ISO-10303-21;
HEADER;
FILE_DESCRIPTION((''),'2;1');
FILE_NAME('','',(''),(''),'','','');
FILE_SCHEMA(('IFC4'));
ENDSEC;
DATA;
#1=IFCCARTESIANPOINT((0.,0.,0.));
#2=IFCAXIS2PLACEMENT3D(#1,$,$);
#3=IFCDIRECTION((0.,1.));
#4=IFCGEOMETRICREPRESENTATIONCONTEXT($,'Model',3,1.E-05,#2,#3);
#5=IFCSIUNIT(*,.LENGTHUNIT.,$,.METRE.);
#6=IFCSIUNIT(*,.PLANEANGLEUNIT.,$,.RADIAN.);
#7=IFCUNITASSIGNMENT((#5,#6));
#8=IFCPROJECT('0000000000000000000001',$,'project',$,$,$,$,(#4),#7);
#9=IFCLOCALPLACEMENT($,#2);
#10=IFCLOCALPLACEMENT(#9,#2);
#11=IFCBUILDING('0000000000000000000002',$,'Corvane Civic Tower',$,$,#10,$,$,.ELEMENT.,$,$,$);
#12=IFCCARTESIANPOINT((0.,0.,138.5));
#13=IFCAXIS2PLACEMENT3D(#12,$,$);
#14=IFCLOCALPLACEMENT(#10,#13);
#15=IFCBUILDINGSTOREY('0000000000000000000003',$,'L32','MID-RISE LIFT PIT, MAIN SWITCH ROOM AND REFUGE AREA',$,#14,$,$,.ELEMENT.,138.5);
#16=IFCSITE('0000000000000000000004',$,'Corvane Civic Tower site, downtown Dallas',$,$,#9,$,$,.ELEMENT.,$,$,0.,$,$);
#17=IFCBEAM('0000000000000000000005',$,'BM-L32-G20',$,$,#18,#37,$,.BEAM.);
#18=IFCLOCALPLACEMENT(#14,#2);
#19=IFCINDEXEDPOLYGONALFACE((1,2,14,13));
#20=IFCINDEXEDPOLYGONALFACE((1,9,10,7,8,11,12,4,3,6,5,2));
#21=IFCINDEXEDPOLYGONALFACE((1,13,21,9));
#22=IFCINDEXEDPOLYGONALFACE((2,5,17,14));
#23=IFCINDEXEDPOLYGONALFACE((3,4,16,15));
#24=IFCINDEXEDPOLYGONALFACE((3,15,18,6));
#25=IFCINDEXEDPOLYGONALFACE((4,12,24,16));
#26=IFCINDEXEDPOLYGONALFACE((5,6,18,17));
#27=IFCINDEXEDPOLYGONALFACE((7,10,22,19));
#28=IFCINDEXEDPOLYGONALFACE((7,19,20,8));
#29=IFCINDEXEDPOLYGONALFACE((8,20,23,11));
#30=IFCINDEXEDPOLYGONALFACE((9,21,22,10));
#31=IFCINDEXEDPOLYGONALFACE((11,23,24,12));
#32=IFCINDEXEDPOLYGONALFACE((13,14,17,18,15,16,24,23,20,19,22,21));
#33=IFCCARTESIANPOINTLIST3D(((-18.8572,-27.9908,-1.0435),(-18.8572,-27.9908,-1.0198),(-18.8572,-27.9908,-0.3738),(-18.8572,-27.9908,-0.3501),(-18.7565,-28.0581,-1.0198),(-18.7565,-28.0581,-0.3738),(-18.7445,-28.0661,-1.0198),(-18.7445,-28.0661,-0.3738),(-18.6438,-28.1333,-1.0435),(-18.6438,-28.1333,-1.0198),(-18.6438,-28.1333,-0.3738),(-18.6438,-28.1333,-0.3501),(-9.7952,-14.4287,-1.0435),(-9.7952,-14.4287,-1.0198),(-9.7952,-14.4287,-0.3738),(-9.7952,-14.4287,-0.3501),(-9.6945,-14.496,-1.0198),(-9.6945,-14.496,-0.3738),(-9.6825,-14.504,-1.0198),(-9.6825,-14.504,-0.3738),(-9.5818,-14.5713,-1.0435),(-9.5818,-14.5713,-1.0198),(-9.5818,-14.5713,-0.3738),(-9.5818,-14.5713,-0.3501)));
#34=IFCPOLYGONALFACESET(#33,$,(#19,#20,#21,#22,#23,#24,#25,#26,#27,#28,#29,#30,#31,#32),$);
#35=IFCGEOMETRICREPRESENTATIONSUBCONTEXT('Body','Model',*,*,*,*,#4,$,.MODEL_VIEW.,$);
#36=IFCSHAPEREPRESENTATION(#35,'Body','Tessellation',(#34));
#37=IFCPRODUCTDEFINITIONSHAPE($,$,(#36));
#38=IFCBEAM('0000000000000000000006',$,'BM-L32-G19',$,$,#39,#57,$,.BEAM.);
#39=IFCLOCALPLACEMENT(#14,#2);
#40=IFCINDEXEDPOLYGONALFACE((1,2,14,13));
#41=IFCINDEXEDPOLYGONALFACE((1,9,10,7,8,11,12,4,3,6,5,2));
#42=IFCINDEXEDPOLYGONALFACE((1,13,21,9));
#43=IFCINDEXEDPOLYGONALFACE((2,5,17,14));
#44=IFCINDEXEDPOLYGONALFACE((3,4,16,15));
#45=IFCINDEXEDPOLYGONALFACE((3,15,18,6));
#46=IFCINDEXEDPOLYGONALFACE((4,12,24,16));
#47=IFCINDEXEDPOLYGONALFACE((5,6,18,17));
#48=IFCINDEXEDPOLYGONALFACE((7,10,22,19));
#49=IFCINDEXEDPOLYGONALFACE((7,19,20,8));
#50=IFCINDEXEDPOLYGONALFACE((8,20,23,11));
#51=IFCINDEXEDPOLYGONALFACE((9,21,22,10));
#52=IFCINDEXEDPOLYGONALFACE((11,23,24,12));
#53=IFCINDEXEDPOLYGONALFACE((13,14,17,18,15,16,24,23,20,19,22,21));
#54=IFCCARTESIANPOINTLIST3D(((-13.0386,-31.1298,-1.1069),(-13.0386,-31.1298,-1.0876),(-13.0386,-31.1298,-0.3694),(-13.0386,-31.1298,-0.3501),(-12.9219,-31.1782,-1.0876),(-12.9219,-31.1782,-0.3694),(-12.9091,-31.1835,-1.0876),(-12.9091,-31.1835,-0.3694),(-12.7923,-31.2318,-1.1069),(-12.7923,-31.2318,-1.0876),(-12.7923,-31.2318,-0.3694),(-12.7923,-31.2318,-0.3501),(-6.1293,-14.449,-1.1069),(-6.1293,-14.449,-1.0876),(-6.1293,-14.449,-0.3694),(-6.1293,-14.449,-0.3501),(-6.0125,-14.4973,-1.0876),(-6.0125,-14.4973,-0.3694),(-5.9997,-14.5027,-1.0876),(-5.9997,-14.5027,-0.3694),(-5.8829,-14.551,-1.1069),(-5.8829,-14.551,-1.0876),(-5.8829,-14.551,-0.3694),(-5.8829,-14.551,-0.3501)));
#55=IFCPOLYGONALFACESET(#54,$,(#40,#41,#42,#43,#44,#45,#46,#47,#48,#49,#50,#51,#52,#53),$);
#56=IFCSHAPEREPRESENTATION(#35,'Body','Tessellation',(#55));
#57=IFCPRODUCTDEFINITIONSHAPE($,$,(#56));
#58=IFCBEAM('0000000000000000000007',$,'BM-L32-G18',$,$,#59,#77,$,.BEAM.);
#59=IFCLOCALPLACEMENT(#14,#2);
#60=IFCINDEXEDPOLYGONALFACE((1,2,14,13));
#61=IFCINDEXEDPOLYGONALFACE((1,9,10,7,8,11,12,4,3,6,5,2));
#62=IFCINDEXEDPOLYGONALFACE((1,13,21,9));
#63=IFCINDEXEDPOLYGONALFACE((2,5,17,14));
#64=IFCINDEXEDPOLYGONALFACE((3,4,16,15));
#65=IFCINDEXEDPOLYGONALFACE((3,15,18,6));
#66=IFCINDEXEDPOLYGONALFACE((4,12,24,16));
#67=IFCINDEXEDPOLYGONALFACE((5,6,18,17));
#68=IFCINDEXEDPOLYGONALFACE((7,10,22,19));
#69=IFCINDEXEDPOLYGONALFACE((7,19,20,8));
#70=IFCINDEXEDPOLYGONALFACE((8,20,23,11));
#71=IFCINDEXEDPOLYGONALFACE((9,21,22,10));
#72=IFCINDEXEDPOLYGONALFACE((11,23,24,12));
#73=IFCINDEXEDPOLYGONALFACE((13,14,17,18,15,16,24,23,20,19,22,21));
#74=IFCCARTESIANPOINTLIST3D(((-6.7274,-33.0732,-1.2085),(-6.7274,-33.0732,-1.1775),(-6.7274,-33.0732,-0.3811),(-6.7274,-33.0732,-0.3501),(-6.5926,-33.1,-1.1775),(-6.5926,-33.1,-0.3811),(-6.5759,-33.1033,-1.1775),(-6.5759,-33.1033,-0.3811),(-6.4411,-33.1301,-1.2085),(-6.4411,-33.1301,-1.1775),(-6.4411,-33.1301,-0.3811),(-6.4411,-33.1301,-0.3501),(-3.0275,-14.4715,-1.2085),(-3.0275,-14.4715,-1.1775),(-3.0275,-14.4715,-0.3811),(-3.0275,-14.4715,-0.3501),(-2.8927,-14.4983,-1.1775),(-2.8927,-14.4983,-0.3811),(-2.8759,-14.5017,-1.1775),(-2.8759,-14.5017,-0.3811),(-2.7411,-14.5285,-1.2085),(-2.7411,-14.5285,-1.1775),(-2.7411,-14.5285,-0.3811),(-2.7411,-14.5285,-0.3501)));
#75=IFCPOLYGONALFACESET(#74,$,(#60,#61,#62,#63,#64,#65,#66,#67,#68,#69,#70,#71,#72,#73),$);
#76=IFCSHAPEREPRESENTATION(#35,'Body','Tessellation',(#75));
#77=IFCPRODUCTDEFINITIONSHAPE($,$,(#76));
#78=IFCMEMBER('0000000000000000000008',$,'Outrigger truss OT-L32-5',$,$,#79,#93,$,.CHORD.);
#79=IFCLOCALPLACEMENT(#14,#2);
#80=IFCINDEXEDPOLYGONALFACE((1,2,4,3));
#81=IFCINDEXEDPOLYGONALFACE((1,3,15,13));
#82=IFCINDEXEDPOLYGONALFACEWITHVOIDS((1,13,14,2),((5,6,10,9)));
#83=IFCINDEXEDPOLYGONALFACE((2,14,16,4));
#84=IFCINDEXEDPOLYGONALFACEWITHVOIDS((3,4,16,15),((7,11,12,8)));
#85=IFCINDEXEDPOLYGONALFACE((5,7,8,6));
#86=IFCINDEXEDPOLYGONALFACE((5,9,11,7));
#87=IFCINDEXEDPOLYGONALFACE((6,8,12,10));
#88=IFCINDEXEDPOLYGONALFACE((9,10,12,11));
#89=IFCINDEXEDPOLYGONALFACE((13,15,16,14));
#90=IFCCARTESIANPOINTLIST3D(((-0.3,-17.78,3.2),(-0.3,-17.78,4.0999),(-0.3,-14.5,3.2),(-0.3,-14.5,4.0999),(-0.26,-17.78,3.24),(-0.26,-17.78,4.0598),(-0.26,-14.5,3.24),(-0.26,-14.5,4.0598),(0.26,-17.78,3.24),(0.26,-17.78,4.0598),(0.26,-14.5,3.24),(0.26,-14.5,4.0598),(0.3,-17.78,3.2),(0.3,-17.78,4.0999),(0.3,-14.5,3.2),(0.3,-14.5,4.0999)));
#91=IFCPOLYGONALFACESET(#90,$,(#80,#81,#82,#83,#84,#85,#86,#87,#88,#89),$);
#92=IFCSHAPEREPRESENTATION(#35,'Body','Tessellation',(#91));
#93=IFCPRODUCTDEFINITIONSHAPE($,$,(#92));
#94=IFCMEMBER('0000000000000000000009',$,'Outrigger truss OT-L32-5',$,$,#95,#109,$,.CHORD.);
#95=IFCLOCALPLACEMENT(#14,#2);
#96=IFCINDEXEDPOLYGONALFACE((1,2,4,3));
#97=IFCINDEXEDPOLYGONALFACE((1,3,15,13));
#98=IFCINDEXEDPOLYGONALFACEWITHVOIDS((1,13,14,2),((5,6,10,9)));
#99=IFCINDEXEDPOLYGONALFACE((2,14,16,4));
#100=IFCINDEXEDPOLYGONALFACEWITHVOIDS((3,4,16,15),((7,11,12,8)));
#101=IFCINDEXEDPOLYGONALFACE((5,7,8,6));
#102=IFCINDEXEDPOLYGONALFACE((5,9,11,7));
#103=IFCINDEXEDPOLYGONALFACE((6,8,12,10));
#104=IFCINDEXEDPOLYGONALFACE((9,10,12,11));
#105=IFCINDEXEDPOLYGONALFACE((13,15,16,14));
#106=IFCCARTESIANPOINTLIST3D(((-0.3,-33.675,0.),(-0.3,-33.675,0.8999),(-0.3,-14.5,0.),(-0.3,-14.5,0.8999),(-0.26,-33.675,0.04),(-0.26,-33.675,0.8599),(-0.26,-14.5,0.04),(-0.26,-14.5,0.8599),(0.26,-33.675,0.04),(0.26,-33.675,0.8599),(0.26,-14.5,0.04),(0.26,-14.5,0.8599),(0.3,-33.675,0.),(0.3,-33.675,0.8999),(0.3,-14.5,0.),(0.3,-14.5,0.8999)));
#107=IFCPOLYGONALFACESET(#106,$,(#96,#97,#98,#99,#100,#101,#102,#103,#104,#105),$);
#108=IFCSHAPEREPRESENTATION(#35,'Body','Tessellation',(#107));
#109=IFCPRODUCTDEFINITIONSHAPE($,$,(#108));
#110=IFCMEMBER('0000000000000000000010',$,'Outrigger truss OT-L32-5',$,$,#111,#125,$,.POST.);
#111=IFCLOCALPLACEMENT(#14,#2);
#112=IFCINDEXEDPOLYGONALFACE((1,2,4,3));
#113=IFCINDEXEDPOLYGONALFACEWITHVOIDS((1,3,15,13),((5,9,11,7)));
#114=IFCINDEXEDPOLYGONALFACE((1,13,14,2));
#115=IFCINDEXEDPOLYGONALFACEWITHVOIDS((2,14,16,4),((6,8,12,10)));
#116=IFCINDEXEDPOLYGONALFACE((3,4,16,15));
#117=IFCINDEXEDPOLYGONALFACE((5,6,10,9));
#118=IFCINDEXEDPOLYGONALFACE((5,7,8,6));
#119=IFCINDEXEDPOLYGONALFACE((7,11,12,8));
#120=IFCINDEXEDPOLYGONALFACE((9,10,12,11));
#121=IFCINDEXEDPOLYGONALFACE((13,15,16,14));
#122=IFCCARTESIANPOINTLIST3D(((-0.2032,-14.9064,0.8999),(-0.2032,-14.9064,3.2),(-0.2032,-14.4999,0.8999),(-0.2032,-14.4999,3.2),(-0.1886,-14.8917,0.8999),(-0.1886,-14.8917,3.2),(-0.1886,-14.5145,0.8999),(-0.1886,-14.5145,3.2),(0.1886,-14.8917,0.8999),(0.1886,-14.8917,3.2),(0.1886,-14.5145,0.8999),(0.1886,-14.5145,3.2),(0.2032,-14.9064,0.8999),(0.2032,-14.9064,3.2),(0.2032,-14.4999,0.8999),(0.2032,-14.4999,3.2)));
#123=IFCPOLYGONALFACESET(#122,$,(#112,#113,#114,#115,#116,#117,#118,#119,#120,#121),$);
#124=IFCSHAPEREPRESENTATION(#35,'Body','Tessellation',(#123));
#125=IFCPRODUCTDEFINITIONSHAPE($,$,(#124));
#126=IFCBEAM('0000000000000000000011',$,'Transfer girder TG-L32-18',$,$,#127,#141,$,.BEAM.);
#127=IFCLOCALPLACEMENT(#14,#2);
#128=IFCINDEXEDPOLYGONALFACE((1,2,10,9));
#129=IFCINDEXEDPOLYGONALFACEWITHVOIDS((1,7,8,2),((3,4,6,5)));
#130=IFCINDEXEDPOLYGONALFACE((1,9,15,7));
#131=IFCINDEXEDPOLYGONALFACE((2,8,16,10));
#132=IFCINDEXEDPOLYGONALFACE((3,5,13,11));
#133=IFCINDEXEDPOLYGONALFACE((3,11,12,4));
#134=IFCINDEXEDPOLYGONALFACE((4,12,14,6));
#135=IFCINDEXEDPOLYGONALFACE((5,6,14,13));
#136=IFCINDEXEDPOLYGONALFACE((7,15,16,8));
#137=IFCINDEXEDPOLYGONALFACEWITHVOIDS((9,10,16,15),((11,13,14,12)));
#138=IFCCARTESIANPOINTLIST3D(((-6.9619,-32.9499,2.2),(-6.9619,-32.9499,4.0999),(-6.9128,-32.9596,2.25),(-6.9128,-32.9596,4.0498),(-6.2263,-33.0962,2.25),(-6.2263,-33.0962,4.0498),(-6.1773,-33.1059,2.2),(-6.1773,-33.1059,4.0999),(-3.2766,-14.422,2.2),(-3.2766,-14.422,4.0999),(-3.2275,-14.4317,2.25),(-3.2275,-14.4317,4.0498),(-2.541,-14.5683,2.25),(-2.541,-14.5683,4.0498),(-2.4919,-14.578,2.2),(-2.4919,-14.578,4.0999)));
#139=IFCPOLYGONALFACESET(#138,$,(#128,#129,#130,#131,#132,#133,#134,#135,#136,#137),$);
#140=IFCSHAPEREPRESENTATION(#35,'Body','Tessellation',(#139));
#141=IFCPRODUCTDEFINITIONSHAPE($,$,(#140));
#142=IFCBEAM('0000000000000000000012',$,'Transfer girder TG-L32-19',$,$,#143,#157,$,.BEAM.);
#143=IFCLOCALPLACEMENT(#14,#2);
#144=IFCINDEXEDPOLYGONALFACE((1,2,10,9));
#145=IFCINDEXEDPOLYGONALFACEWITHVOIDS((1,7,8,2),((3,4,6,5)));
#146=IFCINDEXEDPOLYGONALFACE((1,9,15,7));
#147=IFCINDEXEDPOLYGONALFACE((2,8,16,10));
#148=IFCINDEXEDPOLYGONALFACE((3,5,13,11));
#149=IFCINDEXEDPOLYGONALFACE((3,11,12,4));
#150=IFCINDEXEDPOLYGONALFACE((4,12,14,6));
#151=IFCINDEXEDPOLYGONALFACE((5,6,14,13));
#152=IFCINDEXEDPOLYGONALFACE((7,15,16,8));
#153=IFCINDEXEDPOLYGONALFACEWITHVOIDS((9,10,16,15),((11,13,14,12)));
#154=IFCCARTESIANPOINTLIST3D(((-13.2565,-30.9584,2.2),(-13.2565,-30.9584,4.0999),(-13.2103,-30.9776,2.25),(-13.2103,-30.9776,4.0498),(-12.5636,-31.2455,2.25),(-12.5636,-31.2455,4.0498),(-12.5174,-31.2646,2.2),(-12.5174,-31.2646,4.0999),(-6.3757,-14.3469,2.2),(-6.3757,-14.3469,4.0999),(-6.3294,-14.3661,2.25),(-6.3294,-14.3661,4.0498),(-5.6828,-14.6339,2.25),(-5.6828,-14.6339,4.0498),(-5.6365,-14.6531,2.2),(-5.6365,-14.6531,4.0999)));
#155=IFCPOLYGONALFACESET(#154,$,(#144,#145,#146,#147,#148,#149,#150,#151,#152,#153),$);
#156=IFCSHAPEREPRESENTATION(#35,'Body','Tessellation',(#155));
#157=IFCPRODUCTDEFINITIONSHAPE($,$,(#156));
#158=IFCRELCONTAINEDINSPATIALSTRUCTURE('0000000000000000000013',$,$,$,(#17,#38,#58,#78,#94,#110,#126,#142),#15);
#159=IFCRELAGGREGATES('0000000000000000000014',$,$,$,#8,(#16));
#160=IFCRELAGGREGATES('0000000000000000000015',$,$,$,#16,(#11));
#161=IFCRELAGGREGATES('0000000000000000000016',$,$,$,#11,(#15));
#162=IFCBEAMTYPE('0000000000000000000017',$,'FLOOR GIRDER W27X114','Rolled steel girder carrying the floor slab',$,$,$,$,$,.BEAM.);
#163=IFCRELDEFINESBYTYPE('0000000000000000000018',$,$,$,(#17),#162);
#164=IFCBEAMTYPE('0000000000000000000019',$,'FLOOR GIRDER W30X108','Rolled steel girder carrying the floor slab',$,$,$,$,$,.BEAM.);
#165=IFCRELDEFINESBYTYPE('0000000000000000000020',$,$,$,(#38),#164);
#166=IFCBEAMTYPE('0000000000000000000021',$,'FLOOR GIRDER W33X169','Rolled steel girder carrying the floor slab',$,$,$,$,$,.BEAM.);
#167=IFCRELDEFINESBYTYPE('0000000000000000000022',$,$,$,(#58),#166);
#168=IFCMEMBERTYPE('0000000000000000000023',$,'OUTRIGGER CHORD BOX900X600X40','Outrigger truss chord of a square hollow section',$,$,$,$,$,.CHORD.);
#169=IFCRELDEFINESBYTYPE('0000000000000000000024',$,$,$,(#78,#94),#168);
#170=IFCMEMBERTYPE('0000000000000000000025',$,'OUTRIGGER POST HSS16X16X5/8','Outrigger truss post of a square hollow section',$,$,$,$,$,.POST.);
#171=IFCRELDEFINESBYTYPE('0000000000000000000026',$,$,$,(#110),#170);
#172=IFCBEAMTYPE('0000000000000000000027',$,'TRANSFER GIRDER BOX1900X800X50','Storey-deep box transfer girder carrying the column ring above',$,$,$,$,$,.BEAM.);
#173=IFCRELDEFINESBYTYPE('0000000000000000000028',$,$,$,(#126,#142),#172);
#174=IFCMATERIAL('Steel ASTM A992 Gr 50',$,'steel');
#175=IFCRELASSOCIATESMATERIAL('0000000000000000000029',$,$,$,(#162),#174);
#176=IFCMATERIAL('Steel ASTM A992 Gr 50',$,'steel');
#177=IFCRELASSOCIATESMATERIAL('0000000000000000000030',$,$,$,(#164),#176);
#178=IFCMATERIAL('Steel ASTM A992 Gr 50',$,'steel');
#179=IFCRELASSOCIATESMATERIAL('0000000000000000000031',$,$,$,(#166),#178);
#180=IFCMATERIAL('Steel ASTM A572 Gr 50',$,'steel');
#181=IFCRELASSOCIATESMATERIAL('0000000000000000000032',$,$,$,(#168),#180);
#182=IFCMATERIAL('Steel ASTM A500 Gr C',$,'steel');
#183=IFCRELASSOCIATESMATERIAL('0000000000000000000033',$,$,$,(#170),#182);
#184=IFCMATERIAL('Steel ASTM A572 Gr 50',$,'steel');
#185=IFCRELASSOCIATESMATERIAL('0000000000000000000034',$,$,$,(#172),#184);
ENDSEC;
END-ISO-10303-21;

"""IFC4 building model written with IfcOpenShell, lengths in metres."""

from ifc_helpers import new_model, si_unit, direction, frame, origin, origin_2d, place, context, subcontext, project, spatial, hollow_rectangle, i_section, extrude, material, material_profile, profile_set, type_object, element, save


model = new_model("IFC4")

# Units and contexts
model_context = context("Model", 3, precision=1e-05, world=origin(), true_north=direction((0.0, 1.0)))
body_context = subcontext(model_context, "Body", "Model", "MODEL_VIEW")
ifc_project = project(units=[si_unit("LENGTHUNIT", "METRE"), si_unit("PLANEANGLEUNIT", "RADIAN")], contexts=[model_context])

# Site, building, storey
site_placement = place(None, origin())
site = spatial("IfcSite", under=ifc_project, at=site_placement, Name="Corvane Civic Tower site, downtown Dallas", CompositionType="ELEMENT", RefElevation=0.0)
building_placement = place(site_placement, origin())
building = spatial("IfcBuilding", under=site, at=building_placement, Name="Corvane Civic Tower", CompositionType="ELEMENT")
storey_placement = place(building_placement, frame((0.0, 0.0, 138.5)))
storey = spatial("IfcBuildingStorey", under=building, at=storey_placement, Name="L32", Description="MID-RISE LIFT PIT, MAIN SWITCH ROOM AND REFUGE AREA", CompositionType="ELEMENT", Elevation=138.5)

# Beams
ifc_material_1 = material(Name="Steel ASTM A992 Gr 50", Category="steel")
ifc_material_profile_1 = material_profile(ifc_material_1, i_section(OverallWidth=0.2566, OverallDepth=0.6934, WebThickness=0.0144, FlangeThickness=0.0237, at=origin_2d()), Name="W27X114")
ifc_profile_set_1 = profile_set([ifc_material_profile_1], Name="Steel ASTM A992 Gr 50")
beam_type_1 = type_object("IfcBeamType", Name="FLOOR GIRDER W27X114", Description="Rolled steel girder carrying the floor slab", PredefinedType="BEAM", material=ifc_profile_set_1)
beam_1_placement = place(storey_placement, frame((-9.6885, -14.5, -0.6968), z_axis=(-0.555577, -0.831465, 0.0), x_axis=(0.831465, -0.555577, 0.0)))
element("IfcBeam", 1, at=beam_1_placement, inside=storey, type_object=beam_type_1, Name="BM-L32-G20", PredefinedType="BEAM", context=body_context, shape_type="SweptSolid", body=[
    extrude(i_section(OverallWidth=0.2566, OverallDepth=0.6934, WebThickness=0.0144, FlangeThickness=0.0237, at=origin_2d()), origin(), (0.0, 0.0, 1.0), 16.311),
])
ifc_material_2 = material(Name="Steel ASTM A992 Gr 50", Category="steel")
ifc_material_profile_2 = material_profile(ifc_material_2, i_section(OverallWidth=0.2666, OverallDepth=0.7568, WebThickness=0.0139, FlangeThickness=0.0193, at=origin_2d()), Name="W30X108")
ifc_profile_set_2 = profile_set([ifc_material_profile_2], Name="Steel ASTM A992 Gr 50")
beam_type_2 = type_object("IfcBeamType", Name="FLOOR GIRDER W30X108", Description="Rolled steel girder carrying the floor slab", PredefinedType="BEAM", material=ifc_profile_set_2)
beam_2_placement = place(storey_placement, frame((-6.0061, -14.5, -0.7285), z_axis=(-0.382682, -0.92388, 0.0), x_axis=(0.92388, -0.382682, 0.0)))
element("IfcBeam", 2, at=beam_2_placement, inside=storey, type_object=beam_type_2, Name="BM-L32-G19", PredefinedType="BEAM", context=body_context, shape_type="SweptSolid", body=[
    extrude(i_section(OverallWidth=0.2666, OverallDepth=0.7568, WebThickness=0.0139, FlangeThickness=0.0193, at=origin_2d()), origin(), (0.0, 0.0, 1.0), 18.0552),
])
ifc_material_3 = material(Name="Steel ASTM A992 Gr 50", Category="steel")
ifc_material_profile_3 = material_profile(ifc_material_3, i_section(OverallWidth=0.292, OverallDepth=0.8584, WebThickness=0.0171, FlangeThickness=0.031, at=origin_2d()), Name="W33X169")
ifc_profile_set_3 = profile_set([ifc_material_profile_3], Name="Steel ASTM A992 Gr 50")
beam_type_3 = type_object("IfcBeamType", Name="FLOOR GIRDER W33X169", Description="Rolled steel girder carrying the floor slab", PredefinedType="BEAM", material=ifc_profile_set_3)
beam_3_placement = place(storey_placement, frame((-2.8843, -14.5, -0.7793), z_axis=(-0.195084, -0.980787, 0.0), x_axis=(0.980787, -0.195084, 0.0)))
element("IfcBeam", 3, at=beam_3_placement, inside=storey, type_object=beam_type_3, Name="BM-L32-G18", PredefinedType="BEAM", context=body_context, shape_type="SweptSolid", body=[
    extrude(i_section(OverallWidth=0.292, OverallDepth=0.8584, WebThickness=0.0171, FlangeThickness=0.031, at=origin_2d()), origin(), (0.0, 0.0, 1.0), 18.9661),
])

# Members
ifc_material_4 = material(Name="Steel ASTM A572 Gr 50", Category="steel")
ifc_material_profile_4 = material_profile(ifc_material_4, hollow_rectangle(XDim=0.6001, YDim=0.8999, WallThickness=0.04, at=origin_2d()), Name="BOX900X600X40")
ifc_profile_set_4 = profile_set([ifc_material_profile_4], Name="Steel ASTM A572 Gr 50")
member_type_1 = type_object("IfcMemberType", Name="OUTRIGGER CHORD BOX900X600X40", Description="Outrigger truss chord of a square hollow section", PredefinedType="CHORD", material=ifc_profile_set_4)
member_1_placement = place(storey_placement, frame((0.0, -14.5, 3.6499), z_axis=(0.0, -1.0, 0.0), x_axis=(1.0, 0.0, 0.0)))
element("IfcMember", 4, at=member_1_placement, inside=storey, type_object=member_type_1, Name="Outrigger truss OT-L32-5", PredefinedType="CHORD", context=body_context, shape_type="SweptSolid", body=[
    extrude(hollow_rectangle(XDim=0.6001, YDim=0.8999, WallThickness=0.04, at=origin_2d()), origin(), (0.0, 0.0, 1.0), 3.28),
])
member_2_placement = place(storey_placement, frame((0.0, -14.5, 0.45), z_axis=(0.0, -1.0, 0.0), x_axis=(1.0, 0.0, 0.0)))
element("IfcMember", 5, at=member_2_placement, inside=storey, type_object=member_type_1, Name="Outrigger truss OT-L32-5", PredefinedType="CHORD", context=body_context, shape_type="SweptSolid", body=[
    extrude(hollow_rectangle(XDim=0.6001, YDim=0.8999, WallThickness=0.04, at=origin_2d()), origin(), (0.0, 0.0, 1.0), 19.175),
])
ifc_material_5 = material(Name="Steel ASTM A500 Gr C", Category="steel")
ifc_material_profile_5 = material_profile(ifc_material_5, hollow_rectangle(XDim=0.4065, YDim=0.4065, WallThickness=0.0146, at=origin_2d()), Name="HSS16X16X5/8")
ifc_profile_set_5 = profile_set([ifc_material_profile_5], Name="Steel ASTM A500 Gr C")
member_type_2 = type_object("IfcMemberType", Name="OUTRIGGER POST HSS16X16X5/8", Description="Outrigger truss post of a square hollow section", PredefinedType="POST", material=ifc_profile_set_5)
member_3_placement = place(storey_placement, frame((0.0, -14.7031, 0.8999), z_axis=(0.0, 0.0, 1.0), x_axis=(1.0, 0.0, 0.0)))
element("IfcMember", 6, at=member_3_placement, inside=storey, type_object=member_type_2, Name="Outrigger truss OT-L32-5", PredefinedType="POST", context=body_context, shape_type="SweptSolid", body=[
    extrude(hollow_rectangle(XDim=0.4065, YDim=0.4065, WallThickness=0.0146, at=origin_2d()), origin(), (0.0, 0.0, 1.0), 2.3),
])

# Beams
ifc_material_6 = material(Name="Steel ASTM A572 Gr 50", Category="steel")
ifc_material_profile_6 = material_profile(ifc_material_6, hollow_rectangle(XDim=0.8, YDim=1.8999, WallThickness=0.05, at=origin_2d()), Name="BOX1900X800X50")
ifc_profile_set_6 = profile_set([ifc_material_profile_6], Name="Steel ASTM A572 Gr 50")
beam_type_4 = type_object("IfcBeamType", Name="TRANSFER GIRDER BOX1900X800X50", Description="Storey-deep box transfer girder carrying the column ring above", PredefinedType="BEAM", material=ifc_profile_set_6)
beam_4_placement = place(storey_placement, frame((-2.8843, -14.5, 3.1499), z_axis=(-0.195085, -0.980786, 0.0), x_axis=(0.980786, -0.195085, 0.0)))
element("IfcBeam", 7, at=beam_4_placement, inside=storey, type_object=beam_type_4, Name="Transfer girder TG-L32-18", PredefinedType="BEAM", context=body_context, shape_type="SweptSolid", body=[
    extrude(hollow_rectangle(XDim=0.8, YDim=1.8999, WallThickness=0.05, at=origin_2d()), origin(), (0.0, 0.0, 1.0), 18.8909),
])
beam_5_placement = place(storey_placement, frame((-6.0061, -14.5, 3.1499), z_axis=(-0.382689, -0.923877, 0.0), x_axis=(0.923877, -0.382689, 0.0)))
element("IfcBeam", 8, at=beam_5_placement, inside=storey, type_object=beam_type_4, Name="Transfer girder TG-L32-19", PredefinedType="BEAM", context=body_context, shape_type="SweptSolid", body=[
    extrude(hollow_rectangle(XDim=0.8, YDim=1.8999, WallThickness=0.05, at=origin_2d()), origin(), (0.0, 0.0, 1.0), 17.9802),
])

save(model, "model.ifc")
